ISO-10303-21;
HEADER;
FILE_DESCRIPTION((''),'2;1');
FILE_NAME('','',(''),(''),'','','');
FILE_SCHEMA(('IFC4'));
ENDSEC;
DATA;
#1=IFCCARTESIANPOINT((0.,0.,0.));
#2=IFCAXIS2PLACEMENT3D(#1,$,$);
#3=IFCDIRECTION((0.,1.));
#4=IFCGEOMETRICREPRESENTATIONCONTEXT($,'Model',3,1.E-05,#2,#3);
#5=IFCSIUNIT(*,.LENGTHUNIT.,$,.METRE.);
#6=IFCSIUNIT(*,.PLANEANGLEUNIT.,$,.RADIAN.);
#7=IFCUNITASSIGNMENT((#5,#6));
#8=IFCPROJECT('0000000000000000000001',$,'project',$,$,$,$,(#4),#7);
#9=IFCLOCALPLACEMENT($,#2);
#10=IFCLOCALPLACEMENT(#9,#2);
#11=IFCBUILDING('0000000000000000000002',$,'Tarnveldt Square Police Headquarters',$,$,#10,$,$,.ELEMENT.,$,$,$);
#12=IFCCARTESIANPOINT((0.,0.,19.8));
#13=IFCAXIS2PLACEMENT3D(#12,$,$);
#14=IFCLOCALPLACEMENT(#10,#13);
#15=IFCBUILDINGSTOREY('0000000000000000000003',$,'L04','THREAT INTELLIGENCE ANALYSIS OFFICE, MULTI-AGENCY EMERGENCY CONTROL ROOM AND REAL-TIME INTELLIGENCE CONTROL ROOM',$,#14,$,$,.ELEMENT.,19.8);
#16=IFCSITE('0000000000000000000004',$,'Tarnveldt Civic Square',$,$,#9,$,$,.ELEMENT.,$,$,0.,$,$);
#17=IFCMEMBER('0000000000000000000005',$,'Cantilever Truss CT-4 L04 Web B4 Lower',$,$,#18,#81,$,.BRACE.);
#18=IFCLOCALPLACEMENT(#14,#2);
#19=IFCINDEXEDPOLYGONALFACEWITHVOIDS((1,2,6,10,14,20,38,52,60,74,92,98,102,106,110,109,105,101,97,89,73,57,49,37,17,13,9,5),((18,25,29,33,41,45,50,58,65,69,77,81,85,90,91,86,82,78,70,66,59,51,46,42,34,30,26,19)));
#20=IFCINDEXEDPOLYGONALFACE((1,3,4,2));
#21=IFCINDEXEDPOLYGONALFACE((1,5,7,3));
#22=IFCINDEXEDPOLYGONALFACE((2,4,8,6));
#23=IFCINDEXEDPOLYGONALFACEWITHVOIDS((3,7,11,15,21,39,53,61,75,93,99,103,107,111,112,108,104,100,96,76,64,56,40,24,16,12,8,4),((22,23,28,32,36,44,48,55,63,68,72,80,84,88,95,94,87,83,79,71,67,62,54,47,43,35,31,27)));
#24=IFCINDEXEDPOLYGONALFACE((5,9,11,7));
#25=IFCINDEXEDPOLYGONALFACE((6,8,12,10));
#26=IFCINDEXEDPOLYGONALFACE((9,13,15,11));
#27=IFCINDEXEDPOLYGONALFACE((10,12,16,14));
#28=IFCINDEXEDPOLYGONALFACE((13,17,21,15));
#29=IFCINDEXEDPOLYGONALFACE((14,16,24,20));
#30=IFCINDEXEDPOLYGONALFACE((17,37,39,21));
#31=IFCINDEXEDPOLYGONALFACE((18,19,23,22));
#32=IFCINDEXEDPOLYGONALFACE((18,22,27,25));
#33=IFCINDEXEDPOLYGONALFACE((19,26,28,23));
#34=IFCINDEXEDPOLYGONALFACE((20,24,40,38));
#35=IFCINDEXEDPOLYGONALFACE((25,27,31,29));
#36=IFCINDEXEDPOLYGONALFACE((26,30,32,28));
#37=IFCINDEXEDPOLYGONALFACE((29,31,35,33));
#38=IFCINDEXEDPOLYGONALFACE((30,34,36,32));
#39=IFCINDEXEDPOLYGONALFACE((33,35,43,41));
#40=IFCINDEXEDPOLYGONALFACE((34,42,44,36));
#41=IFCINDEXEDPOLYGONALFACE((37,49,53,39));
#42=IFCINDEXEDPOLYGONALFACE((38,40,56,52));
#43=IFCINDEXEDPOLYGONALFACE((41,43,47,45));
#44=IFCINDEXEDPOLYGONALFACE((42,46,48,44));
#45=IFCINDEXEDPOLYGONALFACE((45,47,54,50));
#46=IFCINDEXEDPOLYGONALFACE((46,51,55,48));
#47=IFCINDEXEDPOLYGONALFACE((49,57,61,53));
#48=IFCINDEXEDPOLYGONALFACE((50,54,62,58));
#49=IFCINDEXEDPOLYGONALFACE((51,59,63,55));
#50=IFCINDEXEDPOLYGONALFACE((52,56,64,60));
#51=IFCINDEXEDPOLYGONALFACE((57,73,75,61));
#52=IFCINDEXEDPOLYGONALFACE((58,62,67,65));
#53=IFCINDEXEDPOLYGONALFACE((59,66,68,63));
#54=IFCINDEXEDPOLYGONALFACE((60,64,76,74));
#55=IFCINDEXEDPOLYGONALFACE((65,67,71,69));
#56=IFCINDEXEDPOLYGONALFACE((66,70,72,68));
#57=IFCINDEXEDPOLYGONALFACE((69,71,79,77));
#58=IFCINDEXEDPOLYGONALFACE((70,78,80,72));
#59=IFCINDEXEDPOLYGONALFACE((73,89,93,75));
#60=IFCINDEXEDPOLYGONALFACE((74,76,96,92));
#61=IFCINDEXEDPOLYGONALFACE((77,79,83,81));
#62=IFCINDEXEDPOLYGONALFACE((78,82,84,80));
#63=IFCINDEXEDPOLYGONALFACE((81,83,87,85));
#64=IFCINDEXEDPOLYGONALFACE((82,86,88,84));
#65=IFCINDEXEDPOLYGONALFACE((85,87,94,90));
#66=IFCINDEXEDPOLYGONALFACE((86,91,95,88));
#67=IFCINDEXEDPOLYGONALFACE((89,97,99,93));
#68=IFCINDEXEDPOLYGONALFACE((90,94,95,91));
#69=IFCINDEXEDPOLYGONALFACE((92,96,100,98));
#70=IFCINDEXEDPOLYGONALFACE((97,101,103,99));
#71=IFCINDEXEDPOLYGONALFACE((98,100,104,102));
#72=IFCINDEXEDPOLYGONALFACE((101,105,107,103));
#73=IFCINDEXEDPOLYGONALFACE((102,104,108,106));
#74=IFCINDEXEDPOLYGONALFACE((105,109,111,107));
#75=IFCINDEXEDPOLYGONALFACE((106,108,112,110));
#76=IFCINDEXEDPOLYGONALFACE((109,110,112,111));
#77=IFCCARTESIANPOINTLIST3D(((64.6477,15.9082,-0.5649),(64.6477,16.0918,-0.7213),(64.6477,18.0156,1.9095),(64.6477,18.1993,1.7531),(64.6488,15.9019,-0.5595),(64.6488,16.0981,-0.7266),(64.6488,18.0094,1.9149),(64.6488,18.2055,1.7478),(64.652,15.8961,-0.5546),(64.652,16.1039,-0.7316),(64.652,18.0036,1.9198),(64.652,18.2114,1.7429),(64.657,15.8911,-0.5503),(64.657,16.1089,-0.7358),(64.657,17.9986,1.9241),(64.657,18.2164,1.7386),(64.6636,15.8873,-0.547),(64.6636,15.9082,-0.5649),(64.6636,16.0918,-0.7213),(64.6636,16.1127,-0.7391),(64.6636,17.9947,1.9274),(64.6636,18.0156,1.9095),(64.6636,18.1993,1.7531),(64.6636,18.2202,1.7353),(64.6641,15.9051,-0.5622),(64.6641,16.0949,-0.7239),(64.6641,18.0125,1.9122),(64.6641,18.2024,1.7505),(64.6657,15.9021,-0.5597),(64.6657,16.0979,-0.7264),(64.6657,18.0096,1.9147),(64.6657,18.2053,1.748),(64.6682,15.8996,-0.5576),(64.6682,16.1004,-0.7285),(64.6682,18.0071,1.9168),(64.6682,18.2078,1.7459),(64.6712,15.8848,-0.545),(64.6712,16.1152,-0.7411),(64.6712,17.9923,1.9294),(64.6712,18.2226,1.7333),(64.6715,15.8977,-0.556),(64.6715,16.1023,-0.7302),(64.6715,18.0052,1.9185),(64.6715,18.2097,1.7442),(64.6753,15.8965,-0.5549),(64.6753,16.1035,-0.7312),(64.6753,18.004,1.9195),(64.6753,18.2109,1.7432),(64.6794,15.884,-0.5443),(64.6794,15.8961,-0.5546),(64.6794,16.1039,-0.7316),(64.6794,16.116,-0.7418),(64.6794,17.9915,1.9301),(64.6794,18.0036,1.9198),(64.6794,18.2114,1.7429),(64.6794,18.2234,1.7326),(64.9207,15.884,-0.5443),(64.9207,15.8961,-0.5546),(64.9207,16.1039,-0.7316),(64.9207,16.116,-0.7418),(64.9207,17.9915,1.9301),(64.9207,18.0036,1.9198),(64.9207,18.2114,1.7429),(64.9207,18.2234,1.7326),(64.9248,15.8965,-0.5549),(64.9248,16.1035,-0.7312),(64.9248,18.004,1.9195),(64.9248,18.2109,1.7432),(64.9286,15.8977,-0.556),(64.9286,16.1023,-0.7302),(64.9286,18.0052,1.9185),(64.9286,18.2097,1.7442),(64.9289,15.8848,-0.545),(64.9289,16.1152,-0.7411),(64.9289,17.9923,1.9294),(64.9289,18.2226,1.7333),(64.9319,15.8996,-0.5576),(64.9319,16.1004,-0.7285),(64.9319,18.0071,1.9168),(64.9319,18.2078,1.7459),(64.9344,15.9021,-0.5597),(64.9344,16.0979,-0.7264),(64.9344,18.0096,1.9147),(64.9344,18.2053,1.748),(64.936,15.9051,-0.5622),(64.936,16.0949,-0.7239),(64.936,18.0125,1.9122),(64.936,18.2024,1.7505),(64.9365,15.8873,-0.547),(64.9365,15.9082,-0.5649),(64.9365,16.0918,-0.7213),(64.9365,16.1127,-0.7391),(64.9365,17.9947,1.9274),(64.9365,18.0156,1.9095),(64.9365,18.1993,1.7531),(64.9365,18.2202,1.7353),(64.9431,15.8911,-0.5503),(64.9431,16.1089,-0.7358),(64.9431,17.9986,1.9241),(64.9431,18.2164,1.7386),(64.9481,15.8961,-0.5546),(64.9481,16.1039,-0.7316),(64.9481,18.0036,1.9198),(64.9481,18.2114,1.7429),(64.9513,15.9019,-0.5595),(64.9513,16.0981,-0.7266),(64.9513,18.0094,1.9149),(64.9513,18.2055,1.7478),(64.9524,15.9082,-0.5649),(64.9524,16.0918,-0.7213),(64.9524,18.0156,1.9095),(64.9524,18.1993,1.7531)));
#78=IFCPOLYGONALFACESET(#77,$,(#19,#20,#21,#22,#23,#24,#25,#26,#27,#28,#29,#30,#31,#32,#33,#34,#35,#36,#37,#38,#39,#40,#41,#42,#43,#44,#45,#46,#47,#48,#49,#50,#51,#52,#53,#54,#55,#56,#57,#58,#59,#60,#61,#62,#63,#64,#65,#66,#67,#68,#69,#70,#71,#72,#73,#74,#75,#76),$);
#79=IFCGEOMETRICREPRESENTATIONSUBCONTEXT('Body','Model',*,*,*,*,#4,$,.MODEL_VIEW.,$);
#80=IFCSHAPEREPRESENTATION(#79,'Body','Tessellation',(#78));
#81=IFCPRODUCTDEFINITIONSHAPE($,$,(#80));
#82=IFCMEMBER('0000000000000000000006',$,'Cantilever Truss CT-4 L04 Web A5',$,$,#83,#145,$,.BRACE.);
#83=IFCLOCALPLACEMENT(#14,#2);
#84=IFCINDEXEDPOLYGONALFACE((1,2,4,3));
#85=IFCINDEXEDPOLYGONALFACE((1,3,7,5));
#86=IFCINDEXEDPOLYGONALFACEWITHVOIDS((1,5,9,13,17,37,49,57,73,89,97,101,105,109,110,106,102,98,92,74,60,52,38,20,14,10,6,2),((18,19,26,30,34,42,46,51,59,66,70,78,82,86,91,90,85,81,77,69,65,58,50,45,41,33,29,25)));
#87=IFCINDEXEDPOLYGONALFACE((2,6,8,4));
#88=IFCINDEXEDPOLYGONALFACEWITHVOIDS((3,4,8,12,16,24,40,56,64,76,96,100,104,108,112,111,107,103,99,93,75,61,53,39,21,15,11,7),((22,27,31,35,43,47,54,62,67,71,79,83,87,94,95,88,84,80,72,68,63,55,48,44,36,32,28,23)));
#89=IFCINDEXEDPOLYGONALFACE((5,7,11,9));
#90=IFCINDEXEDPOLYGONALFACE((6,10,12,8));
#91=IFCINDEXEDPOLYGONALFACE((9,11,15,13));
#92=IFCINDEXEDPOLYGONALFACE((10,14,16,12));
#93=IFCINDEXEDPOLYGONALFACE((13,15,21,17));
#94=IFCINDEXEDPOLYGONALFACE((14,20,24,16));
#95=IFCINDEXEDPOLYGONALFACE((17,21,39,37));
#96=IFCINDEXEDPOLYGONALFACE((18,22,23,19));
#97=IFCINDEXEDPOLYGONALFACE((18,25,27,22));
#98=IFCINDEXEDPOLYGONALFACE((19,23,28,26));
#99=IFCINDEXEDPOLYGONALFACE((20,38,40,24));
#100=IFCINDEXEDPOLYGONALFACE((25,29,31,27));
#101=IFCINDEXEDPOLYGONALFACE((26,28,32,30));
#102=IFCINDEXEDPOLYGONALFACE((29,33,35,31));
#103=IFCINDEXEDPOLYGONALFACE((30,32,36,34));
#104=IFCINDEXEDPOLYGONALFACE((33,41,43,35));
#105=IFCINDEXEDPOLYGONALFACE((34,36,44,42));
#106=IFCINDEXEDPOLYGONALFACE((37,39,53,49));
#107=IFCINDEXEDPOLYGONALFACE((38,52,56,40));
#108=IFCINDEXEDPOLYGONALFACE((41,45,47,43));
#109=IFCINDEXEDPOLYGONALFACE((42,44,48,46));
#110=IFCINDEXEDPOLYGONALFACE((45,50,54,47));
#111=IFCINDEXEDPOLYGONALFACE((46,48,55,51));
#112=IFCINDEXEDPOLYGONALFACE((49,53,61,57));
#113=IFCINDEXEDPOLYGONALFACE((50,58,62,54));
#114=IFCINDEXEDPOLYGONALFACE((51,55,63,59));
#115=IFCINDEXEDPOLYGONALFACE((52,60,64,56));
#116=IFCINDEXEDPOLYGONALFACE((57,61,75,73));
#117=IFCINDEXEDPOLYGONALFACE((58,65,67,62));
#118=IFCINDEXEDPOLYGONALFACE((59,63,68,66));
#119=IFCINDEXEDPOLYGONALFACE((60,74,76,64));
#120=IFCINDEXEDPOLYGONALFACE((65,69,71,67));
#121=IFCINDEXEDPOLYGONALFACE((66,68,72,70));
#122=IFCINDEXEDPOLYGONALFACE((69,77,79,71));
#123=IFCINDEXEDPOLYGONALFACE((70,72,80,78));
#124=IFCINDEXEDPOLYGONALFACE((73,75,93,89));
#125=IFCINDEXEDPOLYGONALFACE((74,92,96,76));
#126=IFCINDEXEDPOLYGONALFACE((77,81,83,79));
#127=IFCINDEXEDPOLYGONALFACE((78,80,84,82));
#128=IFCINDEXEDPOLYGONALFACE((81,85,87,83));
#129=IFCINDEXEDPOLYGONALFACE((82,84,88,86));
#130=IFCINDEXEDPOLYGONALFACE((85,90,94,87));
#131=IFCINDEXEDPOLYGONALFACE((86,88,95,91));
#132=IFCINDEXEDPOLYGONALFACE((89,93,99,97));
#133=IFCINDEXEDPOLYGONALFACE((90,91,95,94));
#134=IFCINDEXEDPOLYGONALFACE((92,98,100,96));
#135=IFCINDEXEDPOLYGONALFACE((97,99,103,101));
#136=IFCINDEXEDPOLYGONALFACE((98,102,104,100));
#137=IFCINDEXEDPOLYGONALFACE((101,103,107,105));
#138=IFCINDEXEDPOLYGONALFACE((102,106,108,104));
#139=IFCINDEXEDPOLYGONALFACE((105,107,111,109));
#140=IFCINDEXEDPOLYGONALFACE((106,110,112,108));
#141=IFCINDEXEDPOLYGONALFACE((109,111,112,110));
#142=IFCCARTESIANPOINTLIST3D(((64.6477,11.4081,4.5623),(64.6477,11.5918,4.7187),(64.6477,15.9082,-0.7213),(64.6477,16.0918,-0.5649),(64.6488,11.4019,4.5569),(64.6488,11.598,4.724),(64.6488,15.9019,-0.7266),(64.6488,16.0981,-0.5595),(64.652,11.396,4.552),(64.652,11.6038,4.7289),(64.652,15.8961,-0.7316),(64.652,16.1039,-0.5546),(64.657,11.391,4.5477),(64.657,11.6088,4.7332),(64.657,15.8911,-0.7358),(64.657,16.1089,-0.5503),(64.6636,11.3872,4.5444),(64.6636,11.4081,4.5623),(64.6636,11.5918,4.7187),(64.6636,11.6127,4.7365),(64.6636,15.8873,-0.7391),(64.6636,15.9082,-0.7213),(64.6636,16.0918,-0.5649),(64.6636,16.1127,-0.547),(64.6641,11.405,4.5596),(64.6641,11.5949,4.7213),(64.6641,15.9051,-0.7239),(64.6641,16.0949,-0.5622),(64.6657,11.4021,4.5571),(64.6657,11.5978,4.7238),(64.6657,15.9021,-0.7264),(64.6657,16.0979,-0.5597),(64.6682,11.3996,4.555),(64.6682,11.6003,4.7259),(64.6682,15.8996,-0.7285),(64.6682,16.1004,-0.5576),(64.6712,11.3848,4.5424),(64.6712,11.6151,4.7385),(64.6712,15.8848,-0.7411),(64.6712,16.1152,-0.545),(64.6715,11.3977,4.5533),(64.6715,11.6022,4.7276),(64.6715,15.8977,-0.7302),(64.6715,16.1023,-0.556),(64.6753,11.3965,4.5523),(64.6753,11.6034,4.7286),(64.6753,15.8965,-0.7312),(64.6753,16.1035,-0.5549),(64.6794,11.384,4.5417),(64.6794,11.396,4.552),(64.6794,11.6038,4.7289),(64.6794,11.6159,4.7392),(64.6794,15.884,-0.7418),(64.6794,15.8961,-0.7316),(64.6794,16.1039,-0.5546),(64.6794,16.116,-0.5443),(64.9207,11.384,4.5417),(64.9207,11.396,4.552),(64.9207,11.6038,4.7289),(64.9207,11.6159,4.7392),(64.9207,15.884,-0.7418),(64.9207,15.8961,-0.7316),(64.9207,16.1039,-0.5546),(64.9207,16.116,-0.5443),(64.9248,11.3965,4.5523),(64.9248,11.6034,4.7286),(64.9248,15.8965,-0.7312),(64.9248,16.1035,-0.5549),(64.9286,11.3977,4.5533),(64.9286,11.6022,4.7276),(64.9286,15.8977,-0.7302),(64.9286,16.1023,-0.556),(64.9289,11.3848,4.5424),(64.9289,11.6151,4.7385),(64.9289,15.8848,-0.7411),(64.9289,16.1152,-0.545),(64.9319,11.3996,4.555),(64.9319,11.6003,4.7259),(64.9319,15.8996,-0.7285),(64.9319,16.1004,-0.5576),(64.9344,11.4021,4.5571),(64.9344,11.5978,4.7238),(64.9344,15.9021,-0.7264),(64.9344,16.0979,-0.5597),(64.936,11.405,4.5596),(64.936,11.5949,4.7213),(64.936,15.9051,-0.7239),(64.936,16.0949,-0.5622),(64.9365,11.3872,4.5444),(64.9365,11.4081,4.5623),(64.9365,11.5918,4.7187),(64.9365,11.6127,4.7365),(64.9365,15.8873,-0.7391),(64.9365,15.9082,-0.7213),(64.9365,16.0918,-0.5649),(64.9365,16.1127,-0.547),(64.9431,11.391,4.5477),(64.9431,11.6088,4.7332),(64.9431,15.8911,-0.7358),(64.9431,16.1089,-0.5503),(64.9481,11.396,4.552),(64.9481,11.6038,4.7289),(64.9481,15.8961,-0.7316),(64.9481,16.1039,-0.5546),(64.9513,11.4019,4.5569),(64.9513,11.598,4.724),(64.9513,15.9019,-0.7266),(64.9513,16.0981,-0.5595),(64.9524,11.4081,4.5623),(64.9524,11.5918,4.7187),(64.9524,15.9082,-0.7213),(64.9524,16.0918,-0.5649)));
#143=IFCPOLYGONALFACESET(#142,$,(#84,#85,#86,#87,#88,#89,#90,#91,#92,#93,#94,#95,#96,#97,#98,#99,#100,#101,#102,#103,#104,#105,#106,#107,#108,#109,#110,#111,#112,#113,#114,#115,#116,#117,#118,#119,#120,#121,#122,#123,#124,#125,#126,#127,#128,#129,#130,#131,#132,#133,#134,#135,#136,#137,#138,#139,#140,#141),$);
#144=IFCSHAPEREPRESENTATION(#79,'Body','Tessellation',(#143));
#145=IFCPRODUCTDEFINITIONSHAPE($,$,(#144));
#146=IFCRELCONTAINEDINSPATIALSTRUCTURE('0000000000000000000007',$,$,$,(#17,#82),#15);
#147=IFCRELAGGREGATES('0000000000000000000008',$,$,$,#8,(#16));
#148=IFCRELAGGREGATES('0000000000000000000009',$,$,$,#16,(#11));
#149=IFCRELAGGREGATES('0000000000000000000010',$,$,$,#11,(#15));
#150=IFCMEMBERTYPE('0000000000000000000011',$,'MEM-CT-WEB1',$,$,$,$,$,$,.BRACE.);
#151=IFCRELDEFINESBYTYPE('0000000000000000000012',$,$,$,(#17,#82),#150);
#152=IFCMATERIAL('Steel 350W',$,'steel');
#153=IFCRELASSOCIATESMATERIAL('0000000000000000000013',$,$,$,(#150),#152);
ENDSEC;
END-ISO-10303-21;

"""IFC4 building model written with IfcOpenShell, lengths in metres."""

from ifc_helpers import new_model, si_unit, direction, frame, origin, origin_2d, place, context, subcontext, project, spatial, hollow_rectangle, extrude, material, material_profile, profile_set, type_object, element, save


model = new_model("IFC4")

# Units and contexts
model_context = context("Model", 3, precision=1e-05, world=origin(), true_north=direction((0.0, 1.0)))
body_context = subcontext(model_context, "Body", "Model", "MODEL_VIEW")
ifc_project = project(units=[si_unit("LENGTHUNIT", "METRE"), si_unit("PLANEANGLEUNIT", "RADIAN")], contexts=[model_context])

# Site, building, storey
site_placement = place(None, origin())
site = spatial("IfcSite", under=ifc_project, at=site_placement, Name="Tarnveldt Civic Square", CompositionType="ELEMENT", RefElevation=0.0)
building_placement = place(site_placement, origin())
building = spatial("IfcBuilding", under=site, at=building_placement, Name="Tarnveldt Square Police Headquarters", CompositionType="ELEMENT")
storey_placement = place(building_placement, frame((0.0, 0.0, 19.8)))
storey = spatial("IfcBuildingStorey", under=building, at=storey_placement, Name="L04", Description="THREAT INTELLIGENCE ANALYSIS OFFICE, MULTI-AGENCY EMERGENCY CONTROL ROOM AND REAL-TIME INTELLIGENCE CONTROL ROOM", CompositionType="ELEMENT", Elevation=19.8)

# Shared definitions
ifc_material_1 = material(Name="Steel 350W", Category="steel")

# Members
ifc_material_profile_1 = material_profile(ifc_material_1, hollow_rectangle(XDim=0.3047, YDim=0.3047, WallThickness=0.0159, InnerFilletRadius=0.0159, OuterFilletRadius=0.0317, at=origin_2d()), Name="HSS305x305x16")
ifc_profile_set_1 = profile_set([ifc_material_profile_1], Name="Steel 350W")
member_type_1 = type_object("IfcMemberType", Name="MEM-CT-WEB1", PredefinedType="BRACE", material=ifc_profile_set_1)
member_1_placement = place(storey_placement, frame((64.8, 16.0, -0.6431), z_axis=(0.0, 0.6484, 0.7613), x_axis=(-1.0, 0.0, 0.0)))
element("IfcMember", 1, at=member_1_placement, inside=storey, type_object=member_type_1, Name="Cantilever Truss CT-4 L04 Web B4 Lower", PredefinedType="BRACE", context=body_context, shape_type="SweptSolid", body=[
    extrude(hollow_rectangle(XDim=0.3047, YDim=0.3047, WallThickness=0.0159, InnerFilletRadius=0.0159, OuterFilletRadius=0.0317, at=origin_2d()), origin(), (0.0, 0.0, 1.0), 3.2502),
])
member_2_placement = place(storey_placement, frame((64.8, 16.0, -0.6431), z_axis=(0.0, -0.648407, 0.761294), x_axis=(1.0, 0.0, 0.0)))
element("IfcMember", 2, at=member_2_placement, inside=storey, type_object=member_type_1, Name="Cantilever Truss CT-4 L04 Web A5", PredefinedType="BRACE", context=body_context, shape_type="SweptSolid", body=[
    extrude(hollow_rectangle(XDim=0.3047, YDim=0.3047, WallThickness=0.0159, InnerFilletRadius=0.0159, OuterFilletRadius=0.0317, at=origin_2d()), origin(), (0.0, 0.0, 1.0), 6.9402),
])

save(model, "model.ifc")
